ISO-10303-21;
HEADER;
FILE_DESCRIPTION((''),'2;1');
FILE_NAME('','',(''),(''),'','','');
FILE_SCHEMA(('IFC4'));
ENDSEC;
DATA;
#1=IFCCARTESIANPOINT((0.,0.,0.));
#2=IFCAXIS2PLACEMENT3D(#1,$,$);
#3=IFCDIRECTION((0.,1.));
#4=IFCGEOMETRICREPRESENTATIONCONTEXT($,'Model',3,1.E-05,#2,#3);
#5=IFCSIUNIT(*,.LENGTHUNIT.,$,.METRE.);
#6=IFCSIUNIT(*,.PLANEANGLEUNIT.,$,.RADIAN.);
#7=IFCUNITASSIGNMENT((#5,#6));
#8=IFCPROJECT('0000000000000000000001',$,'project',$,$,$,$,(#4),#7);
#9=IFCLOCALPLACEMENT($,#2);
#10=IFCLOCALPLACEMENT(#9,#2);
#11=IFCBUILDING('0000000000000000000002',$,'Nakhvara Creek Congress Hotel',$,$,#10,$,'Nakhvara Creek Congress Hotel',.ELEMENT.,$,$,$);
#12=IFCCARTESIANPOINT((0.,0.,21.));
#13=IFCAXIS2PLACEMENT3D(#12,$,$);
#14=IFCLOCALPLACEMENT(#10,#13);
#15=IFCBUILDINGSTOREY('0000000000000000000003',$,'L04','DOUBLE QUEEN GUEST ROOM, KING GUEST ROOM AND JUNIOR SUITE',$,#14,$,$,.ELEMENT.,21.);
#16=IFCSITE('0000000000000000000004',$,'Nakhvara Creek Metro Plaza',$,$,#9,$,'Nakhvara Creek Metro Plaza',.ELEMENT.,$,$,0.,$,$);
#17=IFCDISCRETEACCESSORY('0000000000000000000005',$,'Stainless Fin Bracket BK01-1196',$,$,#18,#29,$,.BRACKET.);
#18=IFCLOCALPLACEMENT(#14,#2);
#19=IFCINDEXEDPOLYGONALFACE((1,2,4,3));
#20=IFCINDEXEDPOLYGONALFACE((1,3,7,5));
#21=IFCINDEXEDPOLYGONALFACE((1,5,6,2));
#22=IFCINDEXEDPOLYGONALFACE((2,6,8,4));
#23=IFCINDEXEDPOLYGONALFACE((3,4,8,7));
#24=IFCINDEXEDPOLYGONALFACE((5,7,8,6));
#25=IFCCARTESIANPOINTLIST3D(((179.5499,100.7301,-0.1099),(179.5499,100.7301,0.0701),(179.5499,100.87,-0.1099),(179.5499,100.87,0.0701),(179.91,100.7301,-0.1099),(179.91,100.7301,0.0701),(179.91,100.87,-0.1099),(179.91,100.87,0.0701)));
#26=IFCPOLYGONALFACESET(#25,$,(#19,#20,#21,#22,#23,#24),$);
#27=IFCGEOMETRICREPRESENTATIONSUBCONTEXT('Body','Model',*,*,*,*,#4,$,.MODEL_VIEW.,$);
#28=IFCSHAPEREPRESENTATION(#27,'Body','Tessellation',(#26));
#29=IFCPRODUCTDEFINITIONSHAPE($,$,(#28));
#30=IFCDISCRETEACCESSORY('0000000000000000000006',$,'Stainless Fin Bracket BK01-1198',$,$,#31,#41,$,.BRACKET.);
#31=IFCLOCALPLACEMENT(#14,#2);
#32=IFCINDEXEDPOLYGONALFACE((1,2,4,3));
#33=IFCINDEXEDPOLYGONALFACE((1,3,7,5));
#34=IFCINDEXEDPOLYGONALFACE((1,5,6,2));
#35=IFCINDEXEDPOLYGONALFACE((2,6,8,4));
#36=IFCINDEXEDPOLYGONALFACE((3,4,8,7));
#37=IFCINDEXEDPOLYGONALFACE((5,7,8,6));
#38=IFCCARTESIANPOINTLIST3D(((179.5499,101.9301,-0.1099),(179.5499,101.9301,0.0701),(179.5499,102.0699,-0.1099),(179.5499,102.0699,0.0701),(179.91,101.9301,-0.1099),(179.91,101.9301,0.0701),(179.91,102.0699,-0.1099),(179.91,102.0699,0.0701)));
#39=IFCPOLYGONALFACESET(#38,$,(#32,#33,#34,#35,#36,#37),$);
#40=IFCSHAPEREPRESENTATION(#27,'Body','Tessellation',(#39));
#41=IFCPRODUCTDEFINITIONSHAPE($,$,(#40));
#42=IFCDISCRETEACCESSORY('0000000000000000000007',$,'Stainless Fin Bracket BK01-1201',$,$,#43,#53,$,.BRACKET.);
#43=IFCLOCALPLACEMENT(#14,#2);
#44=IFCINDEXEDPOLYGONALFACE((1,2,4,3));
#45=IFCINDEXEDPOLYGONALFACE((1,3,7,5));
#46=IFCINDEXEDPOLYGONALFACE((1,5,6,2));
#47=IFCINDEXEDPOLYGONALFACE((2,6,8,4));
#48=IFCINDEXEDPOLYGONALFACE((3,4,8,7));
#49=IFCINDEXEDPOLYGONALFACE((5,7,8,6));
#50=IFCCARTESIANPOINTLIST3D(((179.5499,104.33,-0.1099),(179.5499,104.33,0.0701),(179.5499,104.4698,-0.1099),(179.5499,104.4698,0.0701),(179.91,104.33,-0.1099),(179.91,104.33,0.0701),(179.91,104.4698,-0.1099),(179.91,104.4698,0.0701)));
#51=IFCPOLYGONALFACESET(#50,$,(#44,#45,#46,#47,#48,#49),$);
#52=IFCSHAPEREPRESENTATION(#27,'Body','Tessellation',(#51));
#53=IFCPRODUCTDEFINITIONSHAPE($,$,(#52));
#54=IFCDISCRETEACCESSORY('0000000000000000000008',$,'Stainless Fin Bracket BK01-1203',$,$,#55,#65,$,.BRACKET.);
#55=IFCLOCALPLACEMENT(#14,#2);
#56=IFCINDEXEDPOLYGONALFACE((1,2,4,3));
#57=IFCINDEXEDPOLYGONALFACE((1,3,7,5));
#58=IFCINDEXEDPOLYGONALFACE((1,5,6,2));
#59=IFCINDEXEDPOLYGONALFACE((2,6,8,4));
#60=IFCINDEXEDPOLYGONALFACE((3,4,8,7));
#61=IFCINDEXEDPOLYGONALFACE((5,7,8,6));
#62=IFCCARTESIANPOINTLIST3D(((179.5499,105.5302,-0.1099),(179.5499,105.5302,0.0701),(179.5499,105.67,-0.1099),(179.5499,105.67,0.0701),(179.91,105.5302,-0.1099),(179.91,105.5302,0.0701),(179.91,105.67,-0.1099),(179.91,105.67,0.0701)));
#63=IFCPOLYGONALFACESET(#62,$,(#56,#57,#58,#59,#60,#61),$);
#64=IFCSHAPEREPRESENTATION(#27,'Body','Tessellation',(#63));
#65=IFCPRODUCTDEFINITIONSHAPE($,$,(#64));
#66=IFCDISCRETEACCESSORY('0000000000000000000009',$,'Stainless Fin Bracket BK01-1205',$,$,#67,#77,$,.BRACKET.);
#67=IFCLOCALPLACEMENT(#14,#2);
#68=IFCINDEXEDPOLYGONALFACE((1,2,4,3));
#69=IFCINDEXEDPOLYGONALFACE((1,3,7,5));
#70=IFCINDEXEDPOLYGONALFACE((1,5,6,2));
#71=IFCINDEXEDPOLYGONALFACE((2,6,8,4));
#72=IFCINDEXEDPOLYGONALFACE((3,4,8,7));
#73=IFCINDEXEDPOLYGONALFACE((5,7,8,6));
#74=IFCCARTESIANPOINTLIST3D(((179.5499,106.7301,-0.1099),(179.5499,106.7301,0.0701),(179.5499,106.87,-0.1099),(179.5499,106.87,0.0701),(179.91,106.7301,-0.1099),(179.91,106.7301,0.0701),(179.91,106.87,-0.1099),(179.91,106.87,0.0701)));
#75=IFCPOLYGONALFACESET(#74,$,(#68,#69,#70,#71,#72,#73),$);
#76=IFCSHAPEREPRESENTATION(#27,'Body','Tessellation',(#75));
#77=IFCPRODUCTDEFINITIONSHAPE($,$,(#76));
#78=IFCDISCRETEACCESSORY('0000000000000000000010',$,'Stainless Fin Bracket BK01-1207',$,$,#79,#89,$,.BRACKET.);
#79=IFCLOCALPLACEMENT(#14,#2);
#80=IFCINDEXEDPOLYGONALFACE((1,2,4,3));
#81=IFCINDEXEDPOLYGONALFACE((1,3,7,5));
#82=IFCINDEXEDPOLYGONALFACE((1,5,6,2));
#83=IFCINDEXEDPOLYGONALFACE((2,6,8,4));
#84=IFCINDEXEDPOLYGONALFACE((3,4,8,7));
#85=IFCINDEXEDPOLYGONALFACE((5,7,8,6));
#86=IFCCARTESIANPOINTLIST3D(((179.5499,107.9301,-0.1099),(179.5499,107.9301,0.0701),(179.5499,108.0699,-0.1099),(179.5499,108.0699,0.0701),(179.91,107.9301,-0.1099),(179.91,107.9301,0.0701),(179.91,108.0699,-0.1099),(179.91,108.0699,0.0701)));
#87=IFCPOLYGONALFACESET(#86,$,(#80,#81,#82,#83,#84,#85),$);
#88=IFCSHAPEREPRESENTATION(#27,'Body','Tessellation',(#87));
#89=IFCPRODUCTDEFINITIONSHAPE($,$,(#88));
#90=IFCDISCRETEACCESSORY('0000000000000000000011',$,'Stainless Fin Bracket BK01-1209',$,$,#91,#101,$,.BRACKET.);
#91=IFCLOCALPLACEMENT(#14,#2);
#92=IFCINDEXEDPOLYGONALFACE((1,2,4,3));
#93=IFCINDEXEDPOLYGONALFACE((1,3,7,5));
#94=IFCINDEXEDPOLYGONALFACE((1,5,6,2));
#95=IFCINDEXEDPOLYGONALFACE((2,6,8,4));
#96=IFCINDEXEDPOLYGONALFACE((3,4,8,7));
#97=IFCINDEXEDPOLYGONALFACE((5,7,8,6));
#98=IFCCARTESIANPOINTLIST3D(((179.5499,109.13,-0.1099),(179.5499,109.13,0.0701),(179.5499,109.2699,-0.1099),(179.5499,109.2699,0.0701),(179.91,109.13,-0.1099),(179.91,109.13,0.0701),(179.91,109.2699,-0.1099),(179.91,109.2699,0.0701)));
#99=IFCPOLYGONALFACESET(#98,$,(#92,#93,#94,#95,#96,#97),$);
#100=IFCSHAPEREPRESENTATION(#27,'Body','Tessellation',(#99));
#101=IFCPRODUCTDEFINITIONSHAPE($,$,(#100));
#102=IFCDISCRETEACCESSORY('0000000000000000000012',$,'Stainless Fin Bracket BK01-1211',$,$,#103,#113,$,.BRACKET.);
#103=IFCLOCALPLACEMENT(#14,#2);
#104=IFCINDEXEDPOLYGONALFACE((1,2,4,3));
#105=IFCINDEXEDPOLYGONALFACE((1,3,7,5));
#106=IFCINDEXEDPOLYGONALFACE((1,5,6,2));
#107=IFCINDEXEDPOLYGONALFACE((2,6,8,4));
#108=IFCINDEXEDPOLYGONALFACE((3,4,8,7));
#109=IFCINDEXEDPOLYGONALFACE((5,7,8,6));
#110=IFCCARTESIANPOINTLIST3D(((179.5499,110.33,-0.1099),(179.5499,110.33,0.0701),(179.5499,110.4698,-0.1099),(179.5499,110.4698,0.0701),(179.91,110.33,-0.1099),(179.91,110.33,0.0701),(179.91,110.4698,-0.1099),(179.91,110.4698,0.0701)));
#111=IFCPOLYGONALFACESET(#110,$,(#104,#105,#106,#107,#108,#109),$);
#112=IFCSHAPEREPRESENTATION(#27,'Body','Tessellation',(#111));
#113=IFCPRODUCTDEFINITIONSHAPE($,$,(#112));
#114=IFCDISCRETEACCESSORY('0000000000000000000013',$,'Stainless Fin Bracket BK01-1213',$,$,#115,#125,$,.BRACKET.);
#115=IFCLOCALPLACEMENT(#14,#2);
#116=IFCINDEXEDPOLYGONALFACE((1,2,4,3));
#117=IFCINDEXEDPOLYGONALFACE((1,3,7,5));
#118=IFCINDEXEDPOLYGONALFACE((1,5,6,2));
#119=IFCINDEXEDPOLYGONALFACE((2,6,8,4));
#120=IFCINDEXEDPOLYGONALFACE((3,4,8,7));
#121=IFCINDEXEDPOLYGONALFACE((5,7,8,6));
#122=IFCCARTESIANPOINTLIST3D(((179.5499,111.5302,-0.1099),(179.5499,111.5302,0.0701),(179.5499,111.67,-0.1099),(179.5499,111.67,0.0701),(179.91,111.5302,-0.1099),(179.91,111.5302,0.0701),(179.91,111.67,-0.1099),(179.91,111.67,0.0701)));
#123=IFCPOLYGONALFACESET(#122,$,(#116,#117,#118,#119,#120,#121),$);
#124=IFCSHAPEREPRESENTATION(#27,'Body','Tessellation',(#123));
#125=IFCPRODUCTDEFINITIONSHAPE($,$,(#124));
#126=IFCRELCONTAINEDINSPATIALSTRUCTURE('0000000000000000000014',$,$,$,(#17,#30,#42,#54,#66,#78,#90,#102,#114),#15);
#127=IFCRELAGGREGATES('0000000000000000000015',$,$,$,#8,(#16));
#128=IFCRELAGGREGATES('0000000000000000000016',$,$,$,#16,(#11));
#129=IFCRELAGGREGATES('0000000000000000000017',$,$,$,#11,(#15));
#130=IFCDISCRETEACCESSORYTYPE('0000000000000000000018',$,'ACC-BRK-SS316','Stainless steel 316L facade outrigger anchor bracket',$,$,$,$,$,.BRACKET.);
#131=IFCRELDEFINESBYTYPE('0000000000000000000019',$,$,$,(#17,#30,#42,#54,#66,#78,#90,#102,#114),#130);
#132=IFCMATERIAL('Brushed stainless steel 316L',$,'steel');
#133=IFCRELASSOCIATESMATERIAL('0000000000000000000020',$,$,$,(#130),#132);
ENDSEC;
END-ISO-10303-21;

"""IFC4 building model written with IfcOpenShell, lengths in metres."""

from ifc_helpers import new_model, si_unit, direction, frame, origin, origin_2d, place, context, subcontext, project, spatial, rectangle, extrude, material, type_object, element, save


model = new_model("IFC4")

# Units and contexts
model_context = context("Model", 3, precision=1e-05, world=origin(), true_north=direction((0.0, 1.0)))
body_context = subcontext(model_context, "Body", "Model", "MODEL_VIEW")
ifc_project = project(units=[si_unit("LENGTHUNIT", "METRE"), si_unit("PLANEANGLEUNIT", "RADIAN")], contexts=[model_context])

# Site, building, storey
site_placement = place(None, origin())
site = spatial("IfcSite", under=ifc_project, at=site_placement, Name="Nakhvara Creek Metro Plaza", LongName="Nakhvara Creek Metro Plaza", CompositionType="ELEMENT", RefElevation=0.0)
building_placement = place(site_placement, origin())
building = spatial("IfcBuilding", under=site, at=building_placement, Name="Nakhvara Creek Congress Hotel", LongName="Nakhvara Creek Congress Hotel", CompositionType="ELEMENT")
storey_placement = place(building_placement, frame((0.0, 0.0, 21.0)))
storey = spatial("IfcBuildingStorey", under=building, at=storey_placement, Name="L04", Description="DOUBLE QUEEN GUEST ROOM, KING GUEST ROOM AND JUNIOR SUITE", CompositionType="ELEMENT", Elevation=21.0)

# Discrete accessories
ifc_material_1 = material(Name="Brushed stainless steel 316L", Category="steel")
discrete_accessory_type = type_object("IfcDiscreteAccessoryType", Name="ACC-BRK-SS316", Description="Stainless steel 316L facade outrigger anchor bracket", PredefinedType="BRACKET", material=ifc_material_1)
for number, where, z_axis, x_axis, name in (
    (1, (179.73, 100.8, -0.1099), (0.0, 0.0, 1.0), (0.0, 1.0, 0.0), "Stainless Fin Bracket BK01-1196"),
    (2, (179.73, 102.0, -0.1099), (0.0, 0.0, 1.0), (0.0, 1.0, 0.0), "Stainless Fin Bracket BK01-1198"),
    (3, (179.73, 104.3999, -0.1099), (0.0, 0.0, 1.0), (0.0, 1.0, 0.0), "Stainless Fin Bracket BK01-1201"),
    (4, (179.73, 105.6001, -0.1099), (0.0, 0.0, 1.0), (0.0, 1.0, 0.0), "Stainless Fin Bracket BK01-1203"),
    (5, (179.73, 106.8, -0.1099), (0.0, 0.0, 1.0), (0.0, 1.0, 0.0), "Stainless Fin Bracket BK01-1205"),
    (6, (179.73, 108.0, -0.1099), (0.0, 0.0, 1.0), (0.0, 1.0, 0.0), "Stainless Fin Bracket BK01-1207"),
    (7, (179.73, 109.2, -0.1099), (0.0, 0.0, 1.0), (0.0, 1.0, 0.0), "Stainless Fin Bracket BK01-1209"),
    (8, (179.73, 110.3999, -0.1099), (0.0, 0.0, 1.0), (0.0, 1.0, 0.0), "Stainless Fin Bracket BK01-1211"),
    (9, (179.73, 111.6001, -0.1099), (0.0, 0.0, 1.0), (0.0, 1.0, 0.0), "Stainless Fin Bracket BK01-1213"),
):
    element("IfcDiscreteAccessory", number, at=place(storey_placement, frame(where, z_axis=z_axis, x_axis=x_axis)), inside=storey, type_object=discrete_accessory_type, Name=name, PredefinedType="BRACKET", context=body_context, shape_type="SweptSolid", body=[
        extrude(rectangle(XDim=0.1399, YDim=0.3601, at=origin_2d()), origin(), (0.0, 0.0, 1.0), 0.1799),
    ])

save(model, "model.ifc")
